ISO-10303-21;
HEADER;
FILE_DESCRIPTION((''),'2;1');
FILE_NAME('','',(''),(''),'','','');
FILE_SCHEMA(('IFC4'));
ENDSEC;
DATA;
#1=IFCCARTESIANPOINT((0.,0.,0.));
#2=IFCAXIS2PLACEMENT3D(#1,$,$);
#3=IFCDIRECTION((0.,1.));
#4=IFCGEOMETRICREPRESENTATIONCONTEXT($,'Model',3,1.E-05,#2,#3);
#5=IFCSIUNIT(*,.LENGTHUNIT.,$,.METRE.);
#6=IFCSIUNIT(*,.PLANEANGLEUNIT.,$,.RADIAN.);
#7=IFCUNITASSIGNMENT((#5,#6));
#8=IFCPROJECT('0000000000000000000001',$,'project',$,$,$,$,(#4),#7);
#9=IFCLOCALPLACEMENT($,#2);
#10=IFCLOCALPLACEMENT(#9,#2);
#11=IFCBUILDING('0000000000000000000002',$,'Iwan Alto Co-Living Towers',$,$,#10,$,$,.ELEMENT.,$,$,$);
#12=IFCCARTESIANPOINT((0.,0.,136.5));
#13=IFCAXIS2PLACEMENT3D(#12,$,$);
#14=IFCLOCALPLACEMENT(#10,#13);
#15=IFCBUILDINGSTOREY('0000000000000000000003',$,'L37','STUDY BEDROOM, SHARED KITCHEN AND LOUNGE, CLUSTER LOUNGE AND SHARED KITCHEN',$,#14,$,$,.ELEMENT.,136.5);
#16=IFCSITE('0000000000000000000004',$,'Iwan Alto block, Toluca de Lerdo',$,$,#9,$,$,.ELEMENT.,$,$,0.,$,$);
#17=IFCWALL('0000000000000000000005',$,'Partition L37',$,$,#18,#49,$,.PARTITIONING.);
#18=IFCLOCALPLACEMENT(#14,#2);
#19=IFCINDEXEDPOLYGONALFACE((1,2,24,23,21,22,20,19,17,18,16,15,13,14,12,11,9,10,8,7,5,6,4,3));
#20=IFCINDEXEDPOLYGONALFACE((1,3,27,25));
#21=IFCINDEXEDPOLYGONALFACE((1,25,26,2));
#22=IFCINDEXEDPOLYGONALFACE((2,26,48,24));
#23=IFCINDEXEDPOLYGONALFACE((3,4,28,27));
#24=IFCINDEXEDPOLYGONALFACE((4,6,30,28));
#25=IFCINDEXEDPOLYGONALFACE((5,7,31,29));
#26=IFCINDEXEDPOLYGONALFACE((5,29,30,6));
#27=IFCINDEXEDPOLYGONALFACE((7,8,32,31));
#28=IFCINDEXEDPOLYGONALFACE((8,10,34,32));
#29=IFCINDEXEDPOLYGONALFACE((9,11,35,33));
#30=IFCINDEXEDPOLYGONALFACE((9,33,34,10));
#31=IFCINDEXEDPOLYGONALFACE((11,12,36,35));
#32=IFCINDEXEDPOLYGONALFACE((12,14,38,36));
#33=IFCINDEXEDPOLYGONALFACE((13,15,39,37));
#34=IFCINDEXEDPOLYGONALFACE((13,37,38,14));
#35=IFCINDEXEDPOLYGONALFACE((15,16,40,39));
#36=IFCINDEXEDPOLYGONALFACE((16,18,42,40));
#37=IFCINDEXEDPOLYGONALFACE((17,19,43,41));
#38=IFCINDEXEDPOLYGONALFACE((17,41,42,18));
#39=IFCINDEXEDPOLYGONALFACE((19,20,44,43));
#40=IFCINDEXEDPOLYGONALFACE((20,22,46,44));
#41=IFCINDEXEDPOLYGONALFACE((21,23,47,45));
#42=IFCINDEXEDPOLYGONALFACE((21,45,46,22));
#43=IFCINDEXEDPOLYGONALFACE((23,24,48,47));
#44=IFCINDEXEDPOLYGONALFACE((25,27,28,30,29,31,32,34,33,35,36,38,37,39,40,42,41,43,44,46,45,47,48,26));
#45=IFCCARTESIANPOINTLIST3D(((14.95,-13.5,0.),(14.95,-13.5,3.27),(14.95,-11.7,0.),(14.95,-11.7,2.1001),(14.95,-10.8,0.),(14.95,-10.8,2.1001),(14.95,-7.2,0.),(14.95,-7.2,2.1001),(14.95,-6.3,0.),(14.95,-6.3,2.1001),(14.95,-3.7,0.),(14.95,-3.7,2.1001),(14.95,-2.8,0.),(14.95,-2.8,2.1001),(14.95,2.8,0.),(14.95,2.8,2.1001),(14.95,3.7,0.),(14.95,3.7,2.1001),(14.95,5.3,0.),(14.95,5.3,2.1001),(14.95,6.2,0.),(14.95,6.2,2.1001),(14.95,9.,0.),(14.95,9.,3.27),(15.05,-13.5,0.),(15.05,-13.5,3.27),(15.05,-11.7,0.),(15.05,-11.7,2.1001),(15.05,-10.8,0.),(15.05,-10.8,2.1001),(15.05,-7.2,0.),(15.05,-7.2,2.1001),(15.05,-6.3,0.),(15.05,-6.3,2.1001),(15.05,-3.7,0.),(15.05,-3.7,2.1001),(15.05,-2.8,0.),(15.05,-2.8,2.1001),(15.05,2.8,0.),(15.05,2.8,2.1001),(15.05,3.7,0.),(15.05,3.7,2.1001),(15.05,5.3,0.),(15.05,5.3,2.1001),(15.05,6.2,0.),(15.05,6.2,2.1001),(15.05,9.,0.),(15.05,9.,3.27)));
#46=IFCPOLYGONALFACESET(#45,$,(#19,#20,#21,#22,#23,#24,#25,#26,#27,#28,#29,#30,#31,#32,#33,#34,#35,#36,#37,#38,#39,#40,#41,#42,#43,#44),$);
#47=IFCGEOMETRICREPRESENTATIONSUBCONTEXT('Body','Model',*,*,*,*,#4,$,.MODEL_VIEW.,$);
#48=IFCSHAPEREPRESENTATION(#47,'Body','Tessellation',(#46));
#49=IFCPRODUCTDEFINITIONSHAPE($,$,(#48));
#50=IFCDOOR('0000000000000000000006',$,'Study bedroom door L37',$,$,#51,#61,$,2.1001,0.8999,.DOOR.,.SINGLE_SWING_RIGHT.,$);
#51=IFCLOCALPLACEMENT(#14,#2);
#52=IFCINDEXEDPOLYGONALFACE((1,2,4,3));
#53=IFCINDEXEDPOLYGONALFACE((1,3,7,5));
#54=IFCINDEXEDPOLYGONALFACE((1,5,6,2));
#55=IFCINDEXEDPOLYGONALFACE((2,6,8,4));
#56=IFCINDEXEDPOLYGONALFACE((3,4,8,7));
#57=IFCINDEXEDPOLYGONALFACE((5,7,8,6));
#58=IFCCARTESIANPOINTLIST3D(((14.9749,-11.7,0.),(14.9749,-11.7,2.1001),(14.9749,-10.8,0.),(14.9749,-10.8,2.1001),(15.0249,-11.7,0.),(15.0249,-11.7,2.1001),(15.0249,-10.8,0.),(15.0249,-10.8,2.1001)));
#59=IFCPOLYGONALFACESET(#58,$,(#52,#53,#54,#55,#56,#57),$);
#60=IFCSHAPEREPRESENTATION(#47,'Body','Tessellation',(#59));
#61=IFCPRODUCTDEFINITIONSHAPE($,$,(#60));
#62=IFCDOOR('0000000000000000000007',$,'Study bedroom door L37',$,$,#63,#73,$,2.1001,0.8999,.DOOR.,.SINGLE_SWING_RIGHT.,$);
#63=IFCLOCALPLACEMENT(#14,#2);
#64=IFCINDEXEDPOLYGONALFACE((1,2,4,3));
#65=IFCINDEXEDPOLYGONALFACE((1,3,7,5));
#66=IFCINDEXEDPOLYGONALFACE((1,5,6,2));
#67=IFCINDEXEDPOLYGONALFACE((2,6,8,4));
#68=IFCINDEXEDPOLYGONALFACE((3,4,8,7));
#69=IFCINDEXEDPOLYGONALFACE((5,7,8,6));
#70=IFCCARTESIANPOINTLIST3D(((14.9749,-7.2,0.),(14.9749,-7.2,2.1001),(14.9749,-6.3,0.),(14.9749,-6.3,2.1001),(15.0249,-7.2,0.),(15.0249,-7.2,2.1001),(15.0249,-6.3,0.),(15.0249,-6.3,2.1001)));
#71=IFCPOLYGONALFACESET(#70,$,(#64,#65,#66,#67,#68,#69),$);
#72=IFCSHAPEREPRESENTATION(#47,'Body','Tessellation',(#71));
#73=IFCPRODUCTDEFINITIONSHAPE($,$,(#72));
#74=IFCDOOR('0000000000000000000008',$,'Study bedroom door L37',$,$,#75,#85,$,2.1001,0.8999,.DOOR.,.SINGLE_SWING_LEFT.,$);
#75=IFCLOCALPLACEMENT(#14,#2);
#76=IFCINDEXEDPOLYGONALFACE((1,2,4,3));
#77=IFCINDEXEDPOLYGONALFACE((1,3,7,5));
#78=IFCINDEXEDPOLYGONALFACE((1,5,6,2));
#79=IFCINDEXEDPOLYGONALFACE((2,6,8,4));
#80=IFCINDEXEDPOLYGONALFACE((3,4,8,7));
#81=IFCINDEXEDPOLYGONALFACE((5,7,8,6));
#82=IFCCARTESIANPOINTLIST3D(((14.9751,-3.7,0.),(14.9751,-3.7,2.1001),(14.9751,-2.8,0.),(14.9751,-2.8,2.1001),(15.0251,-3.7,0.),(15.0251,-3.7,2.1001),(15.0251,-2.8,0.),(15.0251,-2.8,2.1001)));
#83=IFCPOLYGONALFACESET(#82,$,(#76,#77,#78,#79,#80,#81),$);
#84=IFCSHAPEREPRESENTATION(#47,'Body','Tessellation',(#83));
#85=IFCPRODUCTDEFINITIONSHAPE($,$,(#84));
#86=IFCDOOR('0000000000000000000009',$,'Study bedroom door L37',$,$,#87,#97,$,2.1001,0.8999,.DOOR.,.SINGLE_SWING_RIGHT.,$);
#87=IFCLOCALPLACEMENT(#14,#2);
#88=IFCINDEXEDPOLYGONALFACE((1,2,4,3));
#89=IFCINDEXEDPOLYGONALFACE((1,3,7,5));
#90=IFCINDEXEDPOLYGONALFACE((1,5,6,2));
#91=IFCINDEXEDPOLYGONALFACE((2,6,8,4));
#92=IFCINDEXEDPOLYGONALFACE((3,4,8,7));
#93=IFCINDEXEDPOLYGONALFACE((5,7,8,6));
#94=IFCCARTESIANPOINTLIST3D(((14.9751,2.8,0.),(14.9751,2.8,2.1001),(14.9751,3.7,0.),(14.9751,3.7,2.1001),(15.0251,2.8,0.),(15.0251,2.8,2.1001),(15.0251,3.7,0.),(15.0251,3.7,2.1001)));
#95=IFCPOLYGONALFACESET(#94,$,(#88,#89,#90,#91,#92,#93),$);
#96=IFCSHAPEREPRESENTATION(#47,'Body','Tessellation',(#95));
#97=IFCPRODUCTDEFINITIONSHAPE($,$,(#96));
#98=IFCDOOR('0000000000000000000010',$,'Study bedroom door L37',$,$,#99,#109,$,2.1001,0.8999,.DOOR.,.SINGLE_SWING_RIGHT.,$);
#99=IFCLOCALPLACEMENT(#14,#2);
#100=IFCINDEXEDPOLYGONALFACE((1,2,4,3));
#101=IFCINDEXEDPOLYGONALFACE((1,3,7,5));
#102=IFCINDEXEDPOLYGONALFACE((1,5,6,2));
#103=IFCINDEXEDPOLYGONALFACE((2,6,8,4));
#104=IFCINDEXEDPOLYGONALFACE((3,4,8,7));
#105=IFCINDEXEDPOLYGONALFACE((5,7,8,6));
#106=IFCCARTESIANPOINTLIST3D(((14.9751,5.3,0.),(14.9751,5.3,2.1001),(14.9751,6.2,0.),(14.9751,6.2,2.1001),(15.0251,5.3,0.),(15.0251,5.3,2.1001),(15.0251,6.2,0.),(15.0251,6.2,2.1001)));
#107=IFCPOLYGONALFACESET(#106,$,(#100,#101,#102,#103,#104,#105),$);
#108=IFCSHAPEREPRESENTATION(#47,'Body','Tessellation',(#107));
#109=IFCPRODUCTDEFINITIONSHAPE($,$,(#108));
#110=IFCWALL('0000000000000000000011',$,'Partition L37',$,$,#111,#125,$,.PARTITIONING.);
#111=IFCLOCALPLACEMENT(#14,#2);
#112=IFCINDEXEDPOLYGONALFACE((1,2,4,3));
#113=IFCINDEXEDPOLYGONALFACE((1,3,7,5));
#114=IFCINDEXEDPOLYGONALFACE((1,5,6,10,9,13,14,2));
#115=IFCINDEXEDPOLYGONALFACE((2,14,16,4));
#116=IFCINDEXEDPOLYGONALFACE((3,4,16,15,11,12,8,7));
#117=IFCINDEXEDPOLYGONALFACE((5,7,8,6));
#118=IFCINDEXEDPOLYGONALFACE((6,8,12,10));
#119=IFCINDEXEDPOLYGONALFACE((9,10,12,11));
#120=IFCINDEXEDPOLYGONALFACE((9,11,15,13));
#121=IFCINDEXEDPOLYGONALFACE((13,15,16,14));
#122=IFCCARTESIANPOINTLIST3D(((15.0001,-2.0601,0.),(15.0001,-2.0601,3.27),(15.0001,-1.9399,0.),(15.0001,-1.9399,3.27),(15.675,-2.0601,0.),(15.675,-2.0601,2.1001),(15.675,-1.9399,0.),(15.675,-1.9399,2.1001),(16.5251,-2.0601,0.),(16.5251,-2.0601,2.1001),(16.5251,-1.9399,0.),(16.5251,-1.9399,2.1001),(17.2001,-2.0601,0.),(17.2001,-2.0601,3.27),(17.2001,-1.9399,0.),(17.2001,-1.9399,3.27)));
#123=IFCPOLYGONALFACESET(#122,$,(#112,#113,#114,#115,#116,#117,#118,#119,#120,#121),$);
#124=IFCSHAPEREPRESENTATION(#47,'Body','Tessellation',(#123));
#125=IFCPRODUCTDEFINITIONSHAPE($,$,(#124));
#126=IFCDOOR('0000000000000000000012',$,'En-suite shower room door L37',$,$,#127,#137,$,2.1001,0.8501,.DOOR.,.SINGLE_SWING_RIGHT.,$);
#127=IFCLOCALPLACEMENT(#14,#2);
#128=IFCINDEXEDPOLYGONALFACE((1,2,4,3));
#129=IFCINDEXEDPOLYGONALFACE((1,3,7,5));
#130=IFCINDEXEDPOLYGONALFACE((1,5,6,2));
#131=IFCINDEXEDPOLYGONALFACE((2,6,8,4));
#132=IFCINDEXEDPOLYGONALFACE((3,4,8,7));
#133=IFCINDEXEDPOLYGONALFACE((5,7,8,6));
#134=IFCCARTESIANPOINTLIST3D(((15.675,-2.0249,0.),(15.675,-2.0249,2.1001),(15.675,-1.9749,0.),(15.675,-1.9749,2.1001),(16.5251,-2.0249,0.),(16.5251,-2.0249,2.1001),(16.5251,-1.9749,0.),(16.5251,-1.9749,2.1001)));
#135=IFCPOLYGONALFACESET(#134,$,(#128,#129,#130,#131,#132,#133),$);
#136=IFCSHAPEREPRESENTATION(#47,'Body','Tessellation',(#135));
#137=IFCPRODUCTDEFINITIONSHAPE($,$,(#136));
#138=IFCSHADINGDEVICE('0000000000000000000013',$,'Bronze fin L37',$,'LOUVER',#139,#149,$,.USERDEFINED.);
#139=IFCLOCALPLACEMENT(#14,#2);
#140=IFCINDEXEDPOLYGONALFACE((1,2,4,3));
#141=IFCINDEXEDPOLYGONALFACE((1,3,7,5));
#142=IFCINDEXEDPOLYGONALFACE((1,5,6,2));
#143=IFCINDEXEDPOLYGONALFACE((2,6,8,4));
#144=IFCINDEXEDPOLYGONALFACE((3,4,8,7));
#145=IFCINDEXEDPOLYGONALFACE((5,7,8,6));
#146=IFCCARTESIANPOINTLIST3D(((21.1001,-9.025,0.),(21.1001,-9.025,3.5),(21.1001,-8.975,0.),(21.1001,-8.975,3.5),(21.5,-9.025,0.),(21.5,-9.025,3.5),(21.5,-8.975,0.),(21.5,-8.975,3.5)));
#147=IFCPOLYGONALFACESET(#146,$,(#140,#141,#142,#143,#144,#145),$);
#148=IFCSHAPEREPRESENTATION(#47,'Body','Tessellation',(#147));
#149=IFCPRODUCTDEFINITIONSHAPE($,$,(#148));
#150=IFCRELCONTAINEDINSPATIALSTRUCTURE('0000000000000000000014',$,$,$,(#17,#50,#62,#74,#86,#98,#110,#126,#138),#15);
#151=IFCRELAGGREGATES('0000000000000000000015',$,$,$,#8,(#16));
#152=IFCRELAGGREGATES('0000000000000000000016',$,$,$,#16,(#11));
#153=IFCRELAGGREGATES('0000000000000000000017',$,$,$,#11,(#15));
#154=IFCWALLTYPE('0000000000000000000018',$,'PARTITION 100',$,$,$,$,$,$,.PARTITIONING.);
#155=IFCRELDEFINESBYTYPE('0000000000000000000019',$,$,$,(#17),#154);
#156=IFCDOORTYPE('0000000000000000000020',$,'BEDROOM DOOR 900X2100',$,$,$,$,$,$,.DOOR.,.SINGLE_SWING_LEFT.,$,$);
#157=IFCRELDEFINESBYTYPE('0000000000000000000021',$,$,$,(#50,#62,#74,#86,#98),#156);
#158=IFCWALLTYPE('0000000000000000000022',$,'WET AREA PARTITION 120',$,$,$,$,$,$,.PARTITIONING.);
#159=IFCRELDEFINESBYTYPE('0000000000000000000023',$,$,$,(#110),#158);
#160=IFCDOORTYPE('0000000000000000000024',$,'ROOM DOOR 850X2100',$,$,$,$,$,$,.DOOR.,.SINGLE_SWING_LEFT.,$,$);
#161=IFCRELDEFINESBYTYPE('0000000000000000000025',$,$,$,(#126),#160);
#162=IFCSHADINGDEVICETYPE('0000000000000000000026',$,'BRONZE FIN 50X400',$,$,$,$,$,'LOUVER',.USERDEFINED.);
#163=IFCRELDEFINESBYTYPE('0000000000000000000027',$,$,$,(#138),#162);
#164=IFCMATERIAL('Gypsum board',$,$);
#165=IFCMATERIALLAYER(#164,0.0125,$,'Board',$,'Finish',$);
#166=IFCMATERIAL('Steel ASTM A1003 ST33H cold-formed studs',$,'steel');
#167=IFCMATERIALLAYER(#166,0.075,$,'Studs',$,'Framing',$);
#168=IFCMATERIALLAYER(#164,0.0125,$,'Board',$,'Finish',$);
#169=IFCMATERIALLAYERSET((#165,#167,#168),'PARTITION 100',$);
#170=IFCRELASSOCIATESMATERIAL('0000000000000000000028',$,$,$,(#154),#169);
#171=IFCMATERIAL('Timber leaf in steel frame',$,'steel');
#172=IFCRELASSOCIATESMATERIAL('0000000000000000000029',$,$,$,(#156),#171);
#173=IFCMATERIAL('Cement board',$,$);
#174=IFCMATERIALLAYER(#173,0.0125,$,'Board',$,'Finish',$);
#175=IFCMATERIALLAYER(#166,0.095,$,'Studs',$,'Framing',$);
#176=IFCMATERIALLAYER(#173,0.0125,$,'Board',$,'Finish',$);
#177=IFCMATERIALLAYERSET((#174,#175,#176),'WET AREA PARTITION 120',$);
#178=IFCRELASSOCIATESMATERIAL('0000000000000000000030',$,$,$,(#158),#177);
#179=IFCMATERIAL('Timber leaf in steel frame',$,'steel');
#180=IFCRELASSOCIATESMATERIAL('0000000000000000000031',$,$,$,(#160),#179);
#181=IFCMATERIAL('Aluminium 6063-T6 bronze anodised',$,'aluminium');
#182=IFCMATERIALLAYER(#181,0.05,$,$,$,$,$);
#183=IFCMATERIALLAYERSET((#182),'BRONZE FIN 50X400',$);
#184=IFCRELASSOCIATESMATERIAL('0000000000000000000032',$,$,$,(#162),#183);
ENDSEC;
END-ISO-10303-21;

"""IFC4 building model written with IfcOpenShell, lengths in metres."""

from ifc_helpers import new_model, si_unit, direction, frame, frame_2d, origin, origin_2d, place, context, subcontext, project, spatial, rectangle, extrude, material, layer, layer_set, type_object, element, fill, save


model = new_model("IFC4")

# Units and contexts
model_context = context("Model", 3, precision=1e-05, world=origin(), true_north=direction((0.0, 1.0)))
body_context = subcontext(model_context, "Body", "Model", "MODEL_VIEW")
ifc_project = project(units=[si_unit("LENGTHUNIT", "METRE"), si_unit("PLANEANGLEUNIT", "RADIAN")], contexts=[model_context])

# Site, building, storey
site_placement = place(None, origin())
site = spatial("IfcSite", under=ifc_project, at=site_placement, Name="Iwan Alto block, Toluca de Lerdo", CompositionType="ELEMENT", RefElevation=0.0)
building_placement = place(site_placement, origin())
building = spatial("IfcBuilding", under=site, at=building_placement, Name="Iwan Alto Co-Living Towers", CompositionType="ELEMENT")
storey_placement = place(building_placement, frame((0.0, 0.0, 136.5)))
storey = spatial("IfcBuildingStorey", under=building, at=storey_placement, Name="L37", Description="STUDY BEDROOM, SHARED KITCHEN AND LOUNGE, CLUSTER LOUNGE AND SHARED KITCHEN", CompositionType="ELEMENT", Elevation=136.5)

# Shared definitions
ifc_material_1 = material(Name="Gypsum board")
ifc_material_2 = material(Name="Steel ASTM A1003 ST33H cold-formed studs", Category="steel")
ifc_layer_1 = layer(ifc_material_1, 0.0125, Name="Board", Category="Finish")
ifc_layer_2 = layer(ifc_material_2, 0.075, Name="Studs", Category="Framing")
ifc_layer_3 = layer(ifc_material_1, 0.0125, Name="Board", Category="Finish")
ifc_layer_set_1 = layer_set([ifc_layer_1, ifc_layer_2, ifc_layer_3], Name="PARTITION 100")
wall_type_1 = type_object("IfcWallType", Name="PARTITION 100", PredefinedType="PARTITIONING", material=ifc_layer_set_1)

# Wall, openings, doors
wall_1_placement = place(storey_placement, frame((15.0, -13.5, 0.0), z_axis=(0.0, 0.0, 1.0), x_axis=(0.0, 1.0, 0.0)))
wall_1 = element("IfcWall", 1, at=wall_1_placement, inside=storey, type_object=wall_type_1, Name="Partition L37", PredefinedType="PARTITIONING", context=body_context, shape_type="SweptSolid", body=[
    extrude(rectangle(XDim=22.5, YDim=0.1001, at=frame_2d((11.25, 0.0))), origin(), (0.0, 0.0, 1.0), 3.27),
])
opening_1_placement = place(wall_1_placement, frame((1.8, 0.0, 0.0)))
opening_1 = element("IfcOpeningElement", 2, at=opening_1_placement, cuts=wall_1, PredefinedType="OPENING", context=body_context, shape_type="SweptSolid", body=[
    extrude(rectangle(XDim=0.8999, YDim=2.1001, at=frame_2d((0.45, 1.05))), frame((0.0, 0.0601, 0.0), z_axis=(0.0, -1.0, 0.0), x_axis=(1.0, 0.0, 0.0)), (0.0, 0.0, 1.0), 0.1201),
])
opening_2_placement = place(wall_1_placement, frame((6.3, 0.0, 0.0)))
opening_2 = element("IfcOpeningElement", 3, at=opening_2_placement, cuts=wall_1, PredefinedType="OPENING", context=body_context, shape_type="SweptSolid", body=[
    extrude(rectangle(XDim=0.8999, YDim=2.1001, at=frame_2d((0.45, 1.05))), frame((0.0, 0.0601, 0.0), z_axis=(0.0, -1.0, 0.0), x_axis=(1.0, 0.0, 0.0)), (0.0, 0.0, 1.0), 0.1201),
])
opening_3_placement = place(wall_1_placement, frame((9.8, 0.0, 0.0)))
opening_3 = element("IfcOpeningElement", 4, at=opening_3_placement, cuts=wall_1, PredefinedType="OPENING", context=body_context, shape_type="SweptSolid", body=[
    extrude(rectangle(XDim=0.8999, YDim=2.1001, at=frame_2d((0.45, 1.05))), frame((0.0, 0.0601, 0.0), z_axis=(0.0, -1.0, 0.0), x_axis=(1.0, 0.0, 0.0)), (0.0, 0.0, 1.0), 0.1201),
])
opening_4_placement = place(wall_1_placement, frame((16.3, 0.0, 0.0)))
opening_4 = element("IfcOpeningElement", 5, at=opening_4_placement, cuts=wall_1, PredefinedType="OPENING", context=body_context, shape_type="SweptSolid", body=[
    extrude(rectangle(XDim=0.8999, YDim=2.1001, at=frame_2d((0.45, 1.05))), frame((0.0, 0.0601, 0.0), z_axis=(0.0, -1.0, 0.0), x_axis=(1.0, 0.0, 0.0)), (0.0, 0.0, 1.0), 0.1201),
])
opening_5_placement = place(wall_1_placement, frame((18.8, 0.0, 0.0)))
opening_5 = element("IfcOpeningElement", 6, at=opening_5_placement, cuts=wall_1, PredefinedType="OPENING", context=body_context, shape_type="SweptSolid", body=[
    extrude(rectangle(XDim=0.8999, YDim=2.1001, at=frame_2d((0.45, 1.05))), frame((0.0, 0.0601, 0.0), z_axis=(0.0, -1.0, 0.0), x_axis=(1.0, 0.0, 0.0)), (0.0, 0.0, 1.0), 0.1201),
])
ifc_material_3 = material(Name="Timber leaf in steel frame", Category="steel")
door_type_1 = type_object("IfcDoorType", Name="BEDROOM DOOR 900X2100", OperationType="SINGLE_SWING_LEFT", PredefinedType="DOOR", material=ifc_material_3)
door_1_placement = place(opening_1_placement, frame((0.8999, 0.0, 0.0), z_axis=(0.0, 0.0, 1.0), x_axis=(-1.0, 0.0, 0.0)))
door_1 = element("IfcDoor", 7, at=door_1_placement, inside=storey, type_object=door_type_1, Name="Study bedroom door L37", OperationType="SINGLE_SWING_RIGHT", OverallHeight=2.1001, OverallWidth=0.8999, PredefinedType="DOOR", context=body_context, shape_type="SweptSolid", body=[
    extrude(rectangle(XDim=0.8999, YDim=2.1001, at=frame_2d((0.45, 1.05))), frame((0.0, 0.0249, 0.0), z_axis=(0.0, -1.0, 0.0), x_axis=(1.0, 0.0, 0.0)), (0.0, 0.0, 1.0), 0.05),
])
fill(opening_1, door_1)
door_2_placement = place(opening_2_placement, frame((0.8999, 0.0, 0.0), z_axis=(0.0, 0.0, 1.0), x_axis=(-1.0, 0.0, 0.0)))
door_2 = element("IfcDoor", 8, at=door_2_placement, inside=storey, type_object=door_type_1, Name="Study bedroom door L37", OperationType="SINGLE_SWING_RIGHT", OverallHeight=2.1001, OverallWidth=0.8999, PredefinedType="DOOR", context=body_context, shape_type="SweptSolid", body=[
    extrude(rectangle(XDim=0.8999, YDim=2.1001, at=frame_2d((0.45, 1.05))), frame((0.0, 0.0249, 0.0), z_axis=(0.0, -1.0, 0.0), x_axis=(1.0, 0.0, 0.0)), (0.0, 0.0, 1.0), 0.05),
])
fill(opening_2, door_2)
door_3_placement = place(opening_3_placement, origin())
door_3 = element("IfcDoor", 9, at=door_3_placement, inside=storey, type_object=door_type_1, Name="Study bedroom door L37", OperationType="SINGLE_SWING_LEFT", OverallHeight=2.1001, OverallWidth=0.8999, PredefinedType="DOOR", context=body_context, shape_type="SweptSolid", body=[
    extrude(rectangle(XDim=0.8999, YDim=2.1001, at=frame_2d((0.45, 1.05))), frame((0.0, 0.0249, 0.0), z_axis=(0.0, -1.0, 0.0), x_axis=(1.0, 0.0, 0.0)), (0.0, 0.0, 1.0), 0.05),
])
fill(opening_3, door_3)
door_4_placement = place(opening_4_placement, origin())
door_4 = element("IfcDoor", 10, at=door_4_placement, inside=storey, type_object=door_type_1, Name="Study bedroom door L37", OperationType="SINGLE_SWING_RIGHT", OverallHeight=2.1001, OverallWidth=0.8999, PredefinedType="DOOR", context=body_context, shape_type="SweptSolid", body=[
    extrude(rectangle(XDim=0.8999, YDim=2.1001, at=frame_2d((0.45, 1.05))), frame((0.0, 0.0249, 0.0), z_axis=(0.0, -1.0, 0.0), x_axis=(1.0, 0.0, 0.0)), (0.0, 0.0, 1.0), 0.05),
])
fill(opening_4, door_4)
door_5_placement = place(opening_5_placement, origin())
door_5 = element("IfcDoor", 11, at=door_5_placement, inside=storey, type_object=door_type_1, Name="Study bedroom door L37", OperationType="SINGLE_SWING_RIGHT", OverallHeight=2.1001, OverallWidth=0.8999, PredefinedType="DOOR", context=body_context, shape_type="SweptSolid", body=[
    extrude(rectangle(XDim=0.8999, YDim=2.1001, at=frame_2d((0.45, 1.05))), frame((0.0, 0.0249, 0.0), z_axis=(0.0, -1.0, 0.0), x_axis=(1.0, 0.0, 0.0)), (0.0, 0.0, 1.0), 0.05),
])
fill(opening_5, door_5)

# Wall, opening, door
ifc_material_4 = material(Name="Cement board")
ifc_layer_4 = layer(ifc_material_4, 0.0125, Name="Board", Category="Finish")
ifc_layer_5 = layer(ifc_material_2, 0.095, Name="Studs", Category="Framing")
ifc_layer_6 = layer(ifc_material_4, 0.0125, Name="Board", Category="Finish")
ifc_layer_set_2 = layer_set([ifc_layer_4, ifc_layer_5, ifc_layer_6], Name="WET AREA PARTITION 120")
wall_type_2 = type_object("IfcWallType", Name="WET AREA PARTITION 120", PredefinedType="PARTITIONING", material=ifc_layer_set_2)
wall_2_placement = place(storey_placement, frame((15.0, -2.0, 0.0), z_axis=(0.0, 0.0, 1.0), x_axis=(1.0, 0.0, 0.0)))
wall_2 = element("IfcWall", 12, at=wall_2_placement, inside=storey, type_object=wall_type_2, Name="Partition L37", PredefinedType="PARTITIONING", context=body_context, shape_type="SweptSolid", body=[
    extrude(rectangle(XDim=2.2, YDim=0.1201, at=frame_2d((1.1001, 0.0))), origin(), (0.0, 0.0, 1.0), 3.27),
])
opening_6_placement = place(wall_2_placement, frame((0.675, 0.0, 0.0)))
opening_6 = element("IfcOpeningElement", 13, at=opening_6_placement, cuts=wall_2, PredefinedType="OPENING", context=body_context, shape_type="SweptSolid", body=[
    extrude(rectangle(XDim=0.8501, YDim=2.1001, at=frame_2d((0.425, 1.05))), frame((0.0, 0.0701, 0.0), z_axis=(0.0, -1.0, 0.0), x_axis=(1.0, 0.0, 0.0)), (0.0, 0.0, 1.0), 0.1401),
])
ifc_material_5 = material(Name="Timber leaf in steel frame", Category="steel")
door_type_2 = type_object("IfcDoorType", Name="ROOM DOOR 850X2100", OperationType="SINGLE_SWING_LEFT", PredefinedType="DOOR", material=ifc_material_5)
door_6_placement = place(opening_6_placement, frame((0.8501, 0.0, 0.0), z_axis=(0.0, 0.0, 1.0), x_axis=(-1.0, 0.0, 0.0)))
door_6 = element("IfcDoor", 14, at=door_6_placement, inside=storey, type_object=door_type_2, Name="En-suite shower room door L37", OperationType="SINGLE_SWING_RIGHT", OverallHeight=2.1001, OverallWidth=0.8501, PredefinedType="DOOR", context=body_context, shape_type="SweptSolid", body=[
    extrude(rectangle(XDim=0.8501, YDim=2.1001, at=frame_2d((0.425, 1.05))), frame((0.0, 0.0249, 0.0), z_axis=(0.0, -1.0, 0.0), x_axis=(1.0, 0.0, 0.0)), (0.0, 0.0, 1.0), 0.05),
])
fill(opening_6, door_6)

# Shading device
ifc_material_6 = material(Name="Aluminium 6063-T6 bronze anodised", Category="aluminium")
ifc_layer_7 = layer(ifc_material_6, 0.05)
ifc_layer_set_3 = layer_set([ifc_layer_7], Name="BRONZE FIN 50X400")
shading_device_type = type_object("IfcShadingDeviceType", Name="BRONZE FIN 50X400", ElementType="LOUVER", PredefinedType="USERDEFINED", material=ifc_layer_set_3)
shading_device_placement = place(storey_placement, frame((21.3, -9.0, 0.0), z_axis=(0.0, 0.0, 1.0), x_axis=(0.0, 1.0, 0.0)))
element("IfcShadingDevice", 15, at=shading_device_placement, inside=storey, type_object=shading_device_type, Name="Bronze fin L37", ObjectType="LOUVER", PredefinedType="USERDEFINED", context=body_context, shape_type="SweptSolid", body=[
    extrude(rectangle(XDim=0.05, YDim=0.3999, at=origin_2d()), origin(), (0.0, 0.0, 1.0), 3.5),
])

save(model, "model.ifc")
